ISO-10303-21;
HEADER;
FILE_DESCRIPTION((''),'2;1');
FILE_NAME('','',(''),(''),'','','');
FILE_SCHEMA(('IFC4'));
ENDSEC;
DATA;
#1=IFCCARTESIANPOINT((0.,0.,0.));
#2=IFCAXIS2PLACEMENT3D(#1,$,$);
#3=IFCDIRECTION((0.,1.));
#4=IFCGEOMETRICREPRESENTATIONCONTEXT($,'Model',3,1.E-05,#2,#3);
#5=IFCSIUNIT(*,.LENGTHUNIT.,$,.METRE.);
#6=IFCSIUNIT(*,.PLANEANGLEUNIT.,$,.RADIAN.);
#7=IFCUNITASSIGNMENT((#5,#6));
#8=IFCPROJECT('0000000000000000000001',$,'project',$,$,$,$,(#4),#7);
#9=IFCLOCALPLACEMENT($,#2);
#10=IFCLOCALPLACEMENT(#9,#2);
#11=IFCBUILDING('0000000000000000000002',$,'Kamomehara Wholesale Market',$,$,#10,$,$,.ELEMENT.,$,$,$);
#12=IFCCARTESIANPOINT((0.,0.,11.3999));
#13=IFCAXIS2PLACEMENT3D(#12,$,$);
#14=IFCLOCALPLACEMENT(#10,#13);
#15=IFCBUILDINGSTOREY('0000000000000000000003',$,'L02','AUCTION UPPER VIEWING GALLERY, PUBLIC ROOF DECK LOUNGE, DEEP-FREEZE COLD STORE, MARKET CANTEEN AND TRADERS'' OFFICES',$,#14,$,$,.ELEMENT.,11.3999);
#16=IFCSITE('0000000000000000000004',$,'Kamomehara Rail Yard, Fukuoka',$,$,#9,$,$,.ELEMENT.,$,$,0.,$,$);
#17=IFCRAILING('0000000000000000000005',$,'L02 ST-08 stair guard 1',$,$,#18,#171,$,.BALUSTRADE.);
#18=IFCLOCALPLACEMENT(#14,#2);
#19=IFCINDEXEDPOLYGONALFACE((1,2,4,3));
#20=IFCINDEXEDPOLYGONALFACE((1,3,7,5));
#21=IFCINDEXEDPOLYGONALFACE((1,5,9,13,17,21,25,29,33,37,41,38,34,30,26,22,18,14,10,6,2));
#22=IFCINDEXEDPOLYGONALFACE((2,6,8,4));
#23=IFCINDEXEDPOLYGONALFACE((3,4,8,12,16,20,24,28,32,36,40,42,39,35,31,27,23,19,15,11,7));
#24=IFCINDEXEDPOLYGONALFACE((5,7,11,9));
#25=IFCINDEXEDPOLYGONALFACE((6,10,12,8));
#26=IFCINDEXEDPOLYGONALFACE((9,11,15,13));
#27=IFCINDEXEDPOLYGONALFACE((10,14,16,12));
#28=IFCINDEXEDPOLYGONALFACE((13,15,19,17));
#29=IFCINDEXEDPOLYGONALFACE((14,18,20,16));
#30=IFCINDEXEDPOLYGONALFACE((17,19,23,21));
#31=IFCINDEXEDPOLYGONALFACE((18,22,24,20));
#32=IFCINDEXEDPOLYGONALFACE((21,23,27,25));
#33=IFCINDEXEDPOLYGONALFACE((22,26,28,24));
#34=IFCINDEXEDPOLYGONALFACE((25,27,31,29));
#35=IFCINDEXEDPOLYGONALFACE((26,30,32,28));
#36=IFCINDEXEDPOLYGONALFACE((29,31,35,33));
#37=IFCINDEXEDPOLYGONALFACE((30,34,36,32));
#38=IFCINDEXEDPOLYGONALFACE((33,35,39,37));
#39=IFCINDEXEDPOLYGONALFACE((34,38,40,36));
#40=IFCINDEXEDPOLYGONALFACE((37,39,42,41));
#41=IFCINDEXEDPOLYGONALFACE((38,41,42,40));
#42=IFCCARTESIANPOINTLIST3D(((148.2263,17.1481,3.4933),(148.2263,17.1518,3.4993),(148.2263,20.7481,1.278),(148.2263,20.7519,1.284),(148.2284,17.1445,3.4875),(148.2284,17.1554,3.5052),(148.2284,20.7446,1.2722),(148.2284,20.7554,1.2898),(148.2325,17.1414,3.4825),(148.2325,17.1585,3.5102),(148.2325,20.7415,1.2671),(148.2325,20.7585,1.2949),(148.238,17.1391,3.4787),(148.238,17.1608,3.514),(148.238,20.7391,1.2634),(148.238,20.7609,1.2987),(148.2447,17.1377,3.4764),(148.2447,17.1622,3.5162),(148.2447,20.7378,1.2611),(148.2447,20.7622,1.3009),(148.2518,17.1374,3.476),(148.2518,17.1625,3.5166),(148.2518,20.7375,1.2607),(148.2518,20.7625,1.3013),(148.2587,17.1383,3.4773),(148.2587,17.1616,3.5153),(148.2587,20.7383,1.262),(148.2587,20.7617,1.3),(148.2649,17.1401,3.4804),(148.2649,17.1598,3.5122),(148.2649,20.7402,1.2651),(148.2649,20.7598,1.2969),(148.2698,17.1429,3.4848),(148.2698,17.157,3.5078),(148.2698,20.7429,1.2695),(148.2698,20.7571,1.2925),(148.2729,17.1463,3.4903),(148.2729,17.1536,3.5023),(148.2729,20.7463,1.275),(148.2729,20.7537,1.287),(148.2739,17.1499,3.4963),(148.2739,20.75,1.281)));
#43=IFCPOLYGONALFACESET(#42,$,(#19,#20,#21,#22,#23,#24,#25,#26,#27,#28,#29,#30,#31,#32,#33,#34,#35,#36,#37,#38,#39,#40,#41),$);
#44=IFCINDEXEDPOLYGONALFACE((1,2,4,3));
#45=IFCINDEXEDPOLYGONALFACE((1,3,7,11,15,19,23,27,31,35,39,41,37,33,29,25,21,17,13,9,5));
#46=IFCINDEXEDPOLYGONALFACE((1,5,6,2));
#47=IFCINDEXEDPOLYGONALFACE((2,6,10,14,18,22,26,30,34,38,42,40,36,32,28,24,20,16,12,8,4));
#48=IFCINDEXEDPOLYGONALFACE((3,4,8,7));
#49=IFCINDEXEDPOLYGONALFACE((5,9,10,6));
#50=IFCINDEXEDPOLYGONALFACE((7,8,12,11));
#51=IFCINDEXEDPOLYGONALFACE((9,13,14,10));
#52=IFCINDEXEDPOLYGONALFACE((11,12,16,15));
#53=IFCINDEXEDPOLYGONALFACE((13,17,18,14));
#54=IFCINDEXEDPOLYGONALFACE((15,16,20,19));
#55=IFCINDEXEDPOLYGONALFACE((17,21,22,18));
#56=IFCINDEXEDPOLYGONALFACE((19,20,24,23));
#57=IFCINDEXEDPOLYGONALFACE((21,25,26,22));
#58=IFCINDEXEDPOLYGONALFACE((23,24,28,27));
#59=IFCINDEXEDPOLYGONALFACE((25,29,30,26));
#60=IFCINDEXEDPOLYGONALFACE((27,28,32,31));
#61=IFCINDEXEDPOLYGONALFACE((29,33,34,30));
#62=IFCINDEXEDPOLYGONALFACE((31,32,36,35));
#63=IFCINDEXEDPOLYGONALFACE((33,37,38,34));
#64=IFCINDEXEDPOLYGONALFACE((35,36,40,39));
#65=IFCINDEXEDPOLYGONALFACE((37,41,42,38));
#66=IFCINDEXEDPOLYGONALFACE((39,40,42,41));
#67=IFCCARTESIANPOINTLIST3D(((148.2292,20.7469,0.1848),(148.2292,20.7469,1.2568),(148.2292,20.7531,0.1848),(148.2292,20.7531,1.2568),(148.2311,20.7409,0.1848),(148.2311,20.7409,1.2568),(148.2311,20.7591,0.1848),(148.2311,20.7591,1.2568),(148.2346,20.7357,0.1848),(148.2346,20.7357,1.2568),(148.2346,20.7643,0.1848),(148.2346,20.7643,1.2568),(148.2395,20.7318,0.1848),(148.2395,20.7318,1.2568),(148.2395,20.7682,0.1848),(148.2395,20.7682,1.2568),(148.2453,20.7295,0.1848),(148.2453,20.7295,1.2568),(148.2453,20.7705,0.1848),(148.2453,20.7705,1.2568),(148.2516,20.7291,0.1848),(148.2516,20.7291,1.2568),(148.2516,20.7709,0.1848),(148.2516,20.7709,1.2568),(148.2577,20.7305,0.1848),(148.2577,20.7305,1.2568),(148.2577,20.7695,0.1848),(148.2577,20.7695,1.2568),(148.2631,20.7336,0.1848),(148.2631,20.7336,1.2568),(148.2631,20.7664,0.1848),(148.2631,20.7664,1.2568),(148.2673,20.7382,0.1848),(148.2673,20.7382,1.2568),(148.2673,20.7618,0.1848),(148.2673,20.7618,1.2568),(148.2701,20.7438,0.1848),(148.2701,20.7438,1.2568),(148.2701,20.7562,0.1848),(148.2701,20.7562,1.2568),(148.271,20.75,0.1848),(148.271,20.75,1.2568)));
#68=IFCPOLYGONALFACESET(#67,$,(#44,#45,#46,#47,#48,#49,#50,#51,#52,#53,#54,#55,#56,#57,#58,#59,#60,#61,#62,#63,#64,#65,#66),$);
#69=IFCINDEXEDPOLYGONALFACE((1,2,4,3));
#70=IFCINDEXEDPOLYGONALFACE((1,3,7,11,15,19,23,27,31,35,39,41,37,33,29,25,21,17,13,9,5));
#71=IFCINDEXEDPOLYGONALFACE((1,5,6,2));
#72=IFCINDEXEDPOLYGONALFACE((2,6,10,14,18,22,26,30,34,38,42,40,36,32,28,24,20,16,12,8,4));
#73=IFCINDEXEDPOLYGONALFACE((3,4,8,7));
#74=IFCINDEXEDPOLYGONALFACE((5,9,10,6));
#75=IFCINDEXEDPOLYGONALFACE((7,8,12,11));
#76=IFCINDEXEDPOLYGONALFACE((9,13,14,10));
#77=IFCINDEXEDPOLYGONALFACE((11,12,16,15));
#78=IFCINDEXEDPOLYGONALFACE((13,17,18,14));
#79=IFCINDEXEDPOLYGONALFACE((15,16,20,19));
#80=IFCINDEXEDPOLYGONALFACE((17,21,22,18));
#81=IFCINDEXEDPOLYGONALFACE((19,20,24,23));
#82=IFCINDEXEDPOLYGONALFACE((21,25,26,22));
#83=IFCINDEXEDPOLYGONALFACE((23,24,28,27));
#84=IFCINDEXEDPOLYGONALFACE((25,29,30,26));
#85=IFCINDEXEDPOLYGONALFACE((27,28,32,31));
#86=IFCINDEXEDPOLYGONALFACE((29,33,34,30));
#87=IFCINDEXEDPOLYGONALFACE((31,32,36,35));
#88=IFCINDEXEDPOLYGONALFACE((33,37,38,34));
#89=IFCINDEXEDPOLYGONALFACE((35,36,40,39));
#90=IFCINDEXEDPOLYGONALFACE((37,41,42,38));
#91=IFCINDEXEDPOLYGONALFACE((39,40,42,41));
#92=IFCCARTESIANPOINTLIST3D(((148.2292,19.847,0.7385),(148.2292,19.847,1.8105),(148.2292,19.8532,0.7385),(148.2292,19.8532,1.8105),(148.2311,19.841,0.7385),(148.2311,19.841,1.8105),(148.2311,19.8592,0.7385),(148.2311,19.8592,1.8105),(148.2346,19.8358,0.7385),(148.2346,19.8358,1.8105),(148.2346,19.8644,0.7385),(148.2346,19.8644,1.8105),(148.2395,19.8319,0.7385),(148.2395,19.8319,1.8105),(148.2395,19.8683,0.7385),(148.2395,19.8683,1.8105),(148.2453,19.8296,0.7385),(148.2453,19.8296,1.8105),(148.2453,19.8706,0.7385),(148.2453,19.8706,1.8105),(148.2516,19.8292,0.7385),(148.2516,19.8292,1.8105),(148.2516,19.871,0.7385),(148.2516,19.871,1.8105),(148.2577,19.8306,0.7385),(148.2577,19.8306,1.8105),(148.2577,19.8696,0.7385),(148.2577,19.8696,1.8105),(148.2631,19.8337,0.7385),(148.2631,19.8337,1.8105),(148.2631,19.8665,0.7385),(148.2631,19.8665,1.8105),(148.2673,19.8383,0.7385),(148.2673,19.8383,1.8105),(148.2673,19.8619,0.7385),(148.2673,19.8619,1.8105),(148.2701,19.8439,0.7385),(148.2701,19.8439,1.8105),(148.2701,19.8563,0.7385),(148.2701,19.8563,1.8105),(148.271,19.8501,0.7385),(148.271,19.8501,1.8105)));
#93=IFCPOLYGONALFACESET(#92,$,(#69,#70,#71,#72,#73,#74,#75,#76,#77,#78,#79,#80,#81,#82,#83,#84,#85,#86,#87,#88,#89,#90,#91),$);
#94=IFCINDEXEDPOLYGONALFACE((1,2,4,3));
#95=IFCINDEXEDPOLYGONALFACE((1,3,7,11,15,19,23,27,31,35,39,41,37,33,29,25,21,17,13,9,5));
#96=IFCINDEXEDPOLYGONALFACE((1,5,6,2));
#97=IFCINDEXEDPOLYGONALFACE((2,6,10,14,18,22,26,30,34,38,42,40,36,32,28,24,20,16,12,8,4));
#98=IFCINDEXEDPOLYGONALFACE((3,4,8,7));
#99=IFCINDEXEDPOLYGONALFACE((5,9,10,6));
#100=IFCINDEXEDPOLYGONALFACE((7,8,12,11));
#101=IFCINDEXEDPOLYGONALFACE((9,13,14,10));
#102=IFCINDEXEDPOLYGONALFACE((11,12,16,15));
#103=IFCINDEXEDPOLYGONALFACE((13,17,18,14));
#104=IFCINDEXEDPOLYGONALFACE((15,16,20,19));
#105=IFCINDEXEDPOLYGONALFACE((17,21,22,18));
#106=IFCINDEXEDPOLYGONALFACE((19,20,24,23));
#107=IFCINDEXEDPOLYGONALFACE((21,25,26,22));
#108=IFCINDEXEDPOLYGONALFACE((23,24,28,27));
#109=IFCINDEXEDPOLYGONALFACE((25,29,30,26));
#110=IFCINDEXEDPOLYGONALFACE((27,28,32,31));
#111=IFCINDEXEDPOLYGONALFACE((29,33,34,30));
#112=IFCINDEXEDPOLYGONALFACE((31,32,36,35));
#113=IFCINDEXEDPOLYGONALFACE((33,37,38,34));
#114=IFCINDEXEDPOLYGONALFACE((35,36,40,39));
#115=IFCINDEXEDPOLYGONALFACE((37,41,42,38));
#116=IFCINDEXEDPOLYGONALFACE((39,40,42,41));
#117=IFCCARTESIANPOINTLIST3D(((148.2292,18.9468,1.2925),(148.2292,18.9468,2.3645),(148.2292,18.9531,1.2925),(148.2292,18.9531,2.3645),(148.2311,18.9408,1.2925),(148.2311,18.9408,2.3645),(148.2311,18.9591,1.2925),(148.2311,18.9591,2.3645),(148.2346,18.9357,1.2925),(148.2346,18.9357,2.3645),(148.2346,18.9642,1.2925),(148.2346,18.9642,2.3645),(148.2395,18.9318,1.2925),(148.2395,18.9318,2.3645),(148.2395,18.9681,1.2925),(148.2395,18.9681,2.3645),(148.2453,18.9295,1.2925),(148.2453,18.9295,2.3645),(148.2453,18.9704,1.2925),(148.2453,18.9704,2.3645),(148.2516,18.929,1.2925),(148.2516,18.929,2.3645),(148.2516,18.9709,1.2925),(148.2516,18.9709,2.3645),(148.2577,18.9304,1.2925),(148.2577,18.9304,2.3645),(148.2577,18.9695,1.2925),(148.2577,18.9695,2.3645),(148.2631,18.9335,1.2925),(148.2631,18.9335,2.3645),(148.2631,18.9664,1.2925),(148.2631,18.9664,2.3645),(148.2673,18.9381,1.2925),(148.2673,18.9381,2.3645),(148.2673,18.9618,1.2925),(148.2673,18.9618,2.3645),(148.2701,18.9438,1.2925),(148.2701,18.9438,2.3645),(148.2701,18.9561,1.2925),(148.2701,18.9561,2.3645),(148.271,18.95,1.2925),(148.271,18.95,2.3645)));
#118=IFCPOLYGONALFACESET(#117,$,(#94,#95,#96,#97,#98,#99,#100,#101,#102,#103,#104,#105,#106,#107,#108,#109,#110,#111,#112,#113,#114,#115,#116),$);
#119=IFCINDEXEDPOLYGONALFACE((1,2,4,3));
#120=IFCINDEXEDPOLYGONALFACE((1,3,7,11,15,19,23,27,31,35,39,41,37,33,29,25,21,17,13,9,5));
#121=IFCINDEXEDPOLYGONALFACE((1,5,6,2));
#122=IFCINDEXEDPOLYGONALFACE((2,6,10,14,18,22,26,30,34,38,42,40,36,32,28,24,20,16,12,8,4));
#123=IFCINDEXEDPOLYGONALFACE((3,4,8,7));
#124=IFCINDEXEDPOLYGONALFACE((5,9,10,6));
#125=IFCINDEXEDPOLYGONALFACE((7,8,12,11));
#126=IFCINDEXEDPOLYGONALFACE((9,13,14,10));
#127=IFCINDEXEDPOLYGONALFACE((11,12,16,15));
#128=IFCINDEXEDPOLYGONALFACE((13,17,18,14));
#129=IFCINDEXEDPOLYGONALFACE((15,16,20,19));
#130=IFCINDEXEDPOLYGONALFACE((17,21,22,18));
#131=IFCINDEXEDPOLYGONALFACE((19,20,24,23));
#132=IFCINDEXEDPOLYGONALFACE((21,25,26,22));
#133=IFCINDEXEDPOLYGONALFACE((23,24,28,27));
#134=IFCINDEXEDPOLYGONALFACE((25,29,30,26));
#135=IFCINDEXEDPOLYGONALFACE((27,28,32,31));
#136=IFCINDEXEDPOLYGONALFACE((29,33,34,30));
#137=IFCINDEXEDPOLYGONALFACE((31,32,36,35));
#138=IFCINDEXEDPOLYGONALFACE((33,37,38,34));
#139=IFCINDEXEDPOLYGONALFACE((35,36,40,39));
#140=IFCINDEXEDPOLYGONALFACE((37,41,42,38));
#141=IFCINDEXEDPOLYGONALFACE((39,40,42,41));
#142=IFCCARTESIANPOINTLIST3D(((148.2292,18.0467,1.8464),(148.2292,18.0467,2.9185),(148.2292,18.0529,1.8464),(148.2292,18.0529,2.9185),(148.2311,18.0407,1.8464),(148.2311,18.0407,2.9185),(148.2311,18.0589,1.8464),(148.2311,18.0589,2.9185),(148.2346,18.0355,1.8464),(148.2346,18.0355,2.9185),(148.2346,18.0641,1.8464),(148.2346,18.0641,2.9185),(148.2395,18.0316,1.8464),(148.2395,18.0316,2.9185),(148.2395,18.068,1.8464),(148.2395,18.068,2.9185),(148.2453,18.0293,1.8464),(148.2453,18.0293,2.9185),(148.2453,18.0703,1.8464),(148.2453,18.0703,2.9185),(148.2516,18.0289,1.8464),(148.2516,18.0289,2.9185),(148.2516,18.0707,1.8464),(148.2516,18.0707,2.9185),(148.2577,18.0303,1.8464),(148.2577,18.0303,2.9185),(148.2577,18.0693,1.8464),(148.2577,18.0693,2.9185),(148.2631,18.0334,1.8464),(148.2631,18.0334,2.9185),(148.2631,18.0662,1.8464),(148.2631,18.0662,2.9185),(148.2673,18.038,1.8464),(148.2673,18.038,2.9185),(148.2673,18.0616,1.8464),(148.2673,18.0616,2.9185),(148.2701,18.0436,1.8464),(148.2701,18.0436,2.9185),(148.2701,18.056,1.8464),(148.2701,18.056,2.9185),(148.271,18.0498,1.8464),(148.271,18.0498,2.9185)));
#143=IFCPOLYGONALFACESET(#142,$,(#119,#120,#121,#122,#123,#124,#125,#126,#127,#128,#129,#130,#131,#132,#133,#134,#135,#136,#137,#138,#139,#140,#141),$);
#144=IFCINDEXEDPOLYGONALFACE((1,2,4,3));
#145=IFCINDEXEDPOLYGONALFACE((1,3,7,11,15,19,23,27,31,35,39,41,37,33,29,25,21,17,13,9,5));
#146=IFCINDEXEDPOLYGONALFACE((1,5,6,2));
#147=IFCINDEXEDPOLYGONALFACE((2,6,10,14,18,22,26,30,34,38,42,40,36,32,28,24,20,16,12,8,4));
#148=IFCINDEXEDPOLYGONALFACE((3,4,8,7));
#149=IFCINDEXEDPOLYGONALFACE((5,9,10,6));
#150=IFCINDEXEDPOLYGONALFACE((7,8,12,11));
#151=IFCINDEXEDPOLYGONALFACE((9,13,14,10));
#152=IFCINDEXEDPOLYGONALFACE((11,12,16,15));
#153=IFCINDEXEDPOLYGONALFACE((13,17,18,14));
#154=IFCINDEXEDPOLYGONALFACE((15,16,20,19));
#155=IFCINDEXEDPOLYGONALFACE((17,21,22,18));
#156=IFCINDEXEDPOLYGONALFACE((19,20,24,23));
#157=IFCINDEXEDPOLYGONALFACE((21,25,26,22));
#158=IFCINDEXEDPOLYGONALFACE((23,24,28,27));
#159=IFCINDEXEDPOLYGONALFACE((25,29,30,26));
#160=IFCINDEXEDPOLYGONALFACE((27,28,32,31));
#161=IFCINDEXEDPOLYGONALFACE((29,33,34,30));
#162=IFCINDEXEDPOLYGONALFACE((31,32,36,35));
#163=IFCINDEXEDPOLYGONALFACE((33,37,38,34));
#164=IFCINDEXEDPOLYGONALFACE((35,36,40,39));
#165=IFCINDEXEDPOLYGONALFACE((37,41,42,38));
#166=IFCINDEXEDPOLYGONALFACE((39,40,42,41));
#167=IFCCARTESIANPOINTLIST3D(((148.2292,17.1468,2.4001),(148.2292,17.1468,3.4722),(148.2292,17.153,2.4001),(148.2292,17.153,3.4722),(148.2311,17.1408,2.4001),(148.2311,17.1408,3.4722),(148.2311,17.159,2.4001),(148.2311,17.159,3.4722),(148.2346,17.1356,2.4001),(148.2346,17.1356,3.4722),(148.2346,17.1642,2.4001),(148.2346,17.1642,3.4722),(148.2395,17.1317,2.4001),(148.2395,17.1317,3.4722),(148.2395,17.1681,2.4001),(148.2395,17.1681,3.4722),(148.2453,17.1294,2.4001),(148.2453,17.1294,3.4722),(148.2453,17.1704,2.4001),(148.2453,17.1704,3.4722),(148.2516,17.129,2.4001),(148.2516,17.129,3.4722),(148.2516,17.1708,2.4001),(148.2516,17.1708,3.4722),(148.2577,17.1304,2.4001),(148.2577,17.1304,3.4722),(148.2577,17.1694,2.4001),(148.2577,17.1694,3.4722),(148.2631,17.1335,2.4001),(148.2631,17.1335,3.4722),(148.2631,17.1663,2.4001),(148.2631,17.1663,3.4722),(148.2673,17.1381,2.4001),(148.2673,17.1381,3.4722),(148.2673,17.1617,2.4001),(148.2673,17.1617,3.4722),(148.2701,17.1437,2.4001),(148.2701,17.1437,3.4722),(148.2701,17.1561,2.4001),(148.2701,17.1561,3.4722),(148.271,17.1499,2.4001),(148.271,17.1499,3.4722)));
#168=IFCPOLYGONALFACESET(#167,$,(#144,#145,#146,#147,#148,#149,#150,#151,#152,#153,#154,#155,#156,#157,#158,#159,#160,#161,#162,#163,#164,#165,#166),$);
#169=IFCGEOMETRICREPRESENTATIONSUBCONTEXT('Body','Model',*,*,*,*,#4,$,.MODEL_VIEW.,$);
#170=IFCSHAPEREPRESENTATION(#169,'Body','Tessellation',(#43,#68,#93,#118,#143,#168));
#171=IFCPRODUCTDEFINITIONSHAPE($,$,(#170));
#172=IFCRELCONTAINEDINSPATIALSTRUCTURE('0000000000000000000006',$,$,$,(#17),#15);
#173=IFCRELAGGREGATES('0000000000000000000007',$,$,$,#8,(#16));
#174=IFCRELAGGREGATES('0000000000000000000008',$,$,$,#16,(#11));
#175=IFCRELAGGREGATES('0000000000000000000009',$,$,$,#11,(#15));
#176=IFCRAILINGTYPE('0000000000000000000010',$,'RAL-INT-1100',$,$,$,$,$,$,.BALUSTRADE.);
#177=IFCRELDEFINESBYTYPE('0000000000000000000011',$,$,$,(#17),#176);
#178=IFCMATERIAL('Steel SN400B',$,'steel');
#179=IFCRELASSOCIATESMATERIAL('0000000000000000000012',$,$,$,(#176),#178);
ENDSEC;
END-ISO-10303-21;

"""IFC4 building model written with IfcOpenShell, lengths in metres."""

from ifc_helpers import new_model, si_unit, direction, frame, origin, origin_2d, place, context, subcontext, project, spatial, circle, extrude, material, type_object, element, save


model = new_model("IFC4")

# Units and contexts
model_context = context("Model", 3, precision=1e-05, world=origin(), true_north=direction((0.0, 1.0)))
body_context = subcontext(model_context, "Body", "Model", "MODEL_VIEW")
ifc_project = project(units=[si_unit("LENGTHUNIT", "METRE"), si_unit("PLANEANGLEUNIT", "RADIAN")], contexts=[model_context])

# Site, building, storey
site_placement = place(None, origin())
site = spatial("IfcSite", under=ifc_project, at=site_placement, Name="Kamomehara Rail Yard, Fukuoka", CompositionType="ELEMENT", RefElevation=0.0)
building_placement = place(site_placement, origin())
building = spatial("IfcBuilding", under=site, at=building_placement, Name="Kamomehara Wholesale Market", CompositionType="ELEMENT")
storey_placement = place(building_placement, frame((0.0, 0.0, 11.3999)))
storey = spatial("IfcBuildingStorey", under=building, at=storey_placement, Name="L02", Description="AUCTION UPPER VIEWING GALLERY, PUBLIC ROOF DECK LOUNGE, DEEP-FREEZE COLD STORE, MARKET CANTEEN AND TRADERS' OFFICES", CompositionType="ELEMENT", Elevation=11.3999)

# Railing
ifc_material_1 = material(Name="Steel SN400B", Category="steel")
railing_type_1 = type_object("IfcRailingType", Name="RAL-INT-1100", PredefinedType="BALUSTRADE", material=ifc_material_1)
railing_1_placement = place(storey_placement, frame((148.25, 20.75, 0.1848)))
element("IfcRailing", 1, at=railing_1_placement, inside=storey, type_object=railing_type_1, Name="L02 ST-08 stair guard 1", PredefinedType="BALUSTRADE", context=body_context, shape_type="SweptSolid", body=[
    extrude(circle(Radius=0.0239, at=origin_2d()), frame((0.0, 0.0, 1.0962), z_axis=(0.0, -0.85167, 0.524078), x_axis=(1.0, 0.0, 0.0)), (0.0, 0.0, 1.0), 4.2271),
    extrude(circle(Radius=0.021, at=origin_2d()), origin(), (0.0, 0.0, 1.0), 1.072),
    extrude(circle(Radius=0.021, at=origin_2d()), frame((0.0, -0.8999, 0.5537)), (0.0, 0.0, 1.0), 1.072),
    extrude(circle(Radius=0.021, at=origin_2d()), frame((0.0, -1.8, 1.1077)), (0.0, 0.0, 1.0), 1.072),
    extrude(circle(Radius=0.021, at=origin_2d()), frame((0.0, -2.7002, 1.6616)), (0.0, 0.0, 1.0), 1.072),
    extrude(circle(Radius=0.021, at=origin_2d()), frame((0.0, -3.6001, 2.2153)), (0.0, 0.0, 1.0), 1.072),
])

save(model, "model.ifc")
